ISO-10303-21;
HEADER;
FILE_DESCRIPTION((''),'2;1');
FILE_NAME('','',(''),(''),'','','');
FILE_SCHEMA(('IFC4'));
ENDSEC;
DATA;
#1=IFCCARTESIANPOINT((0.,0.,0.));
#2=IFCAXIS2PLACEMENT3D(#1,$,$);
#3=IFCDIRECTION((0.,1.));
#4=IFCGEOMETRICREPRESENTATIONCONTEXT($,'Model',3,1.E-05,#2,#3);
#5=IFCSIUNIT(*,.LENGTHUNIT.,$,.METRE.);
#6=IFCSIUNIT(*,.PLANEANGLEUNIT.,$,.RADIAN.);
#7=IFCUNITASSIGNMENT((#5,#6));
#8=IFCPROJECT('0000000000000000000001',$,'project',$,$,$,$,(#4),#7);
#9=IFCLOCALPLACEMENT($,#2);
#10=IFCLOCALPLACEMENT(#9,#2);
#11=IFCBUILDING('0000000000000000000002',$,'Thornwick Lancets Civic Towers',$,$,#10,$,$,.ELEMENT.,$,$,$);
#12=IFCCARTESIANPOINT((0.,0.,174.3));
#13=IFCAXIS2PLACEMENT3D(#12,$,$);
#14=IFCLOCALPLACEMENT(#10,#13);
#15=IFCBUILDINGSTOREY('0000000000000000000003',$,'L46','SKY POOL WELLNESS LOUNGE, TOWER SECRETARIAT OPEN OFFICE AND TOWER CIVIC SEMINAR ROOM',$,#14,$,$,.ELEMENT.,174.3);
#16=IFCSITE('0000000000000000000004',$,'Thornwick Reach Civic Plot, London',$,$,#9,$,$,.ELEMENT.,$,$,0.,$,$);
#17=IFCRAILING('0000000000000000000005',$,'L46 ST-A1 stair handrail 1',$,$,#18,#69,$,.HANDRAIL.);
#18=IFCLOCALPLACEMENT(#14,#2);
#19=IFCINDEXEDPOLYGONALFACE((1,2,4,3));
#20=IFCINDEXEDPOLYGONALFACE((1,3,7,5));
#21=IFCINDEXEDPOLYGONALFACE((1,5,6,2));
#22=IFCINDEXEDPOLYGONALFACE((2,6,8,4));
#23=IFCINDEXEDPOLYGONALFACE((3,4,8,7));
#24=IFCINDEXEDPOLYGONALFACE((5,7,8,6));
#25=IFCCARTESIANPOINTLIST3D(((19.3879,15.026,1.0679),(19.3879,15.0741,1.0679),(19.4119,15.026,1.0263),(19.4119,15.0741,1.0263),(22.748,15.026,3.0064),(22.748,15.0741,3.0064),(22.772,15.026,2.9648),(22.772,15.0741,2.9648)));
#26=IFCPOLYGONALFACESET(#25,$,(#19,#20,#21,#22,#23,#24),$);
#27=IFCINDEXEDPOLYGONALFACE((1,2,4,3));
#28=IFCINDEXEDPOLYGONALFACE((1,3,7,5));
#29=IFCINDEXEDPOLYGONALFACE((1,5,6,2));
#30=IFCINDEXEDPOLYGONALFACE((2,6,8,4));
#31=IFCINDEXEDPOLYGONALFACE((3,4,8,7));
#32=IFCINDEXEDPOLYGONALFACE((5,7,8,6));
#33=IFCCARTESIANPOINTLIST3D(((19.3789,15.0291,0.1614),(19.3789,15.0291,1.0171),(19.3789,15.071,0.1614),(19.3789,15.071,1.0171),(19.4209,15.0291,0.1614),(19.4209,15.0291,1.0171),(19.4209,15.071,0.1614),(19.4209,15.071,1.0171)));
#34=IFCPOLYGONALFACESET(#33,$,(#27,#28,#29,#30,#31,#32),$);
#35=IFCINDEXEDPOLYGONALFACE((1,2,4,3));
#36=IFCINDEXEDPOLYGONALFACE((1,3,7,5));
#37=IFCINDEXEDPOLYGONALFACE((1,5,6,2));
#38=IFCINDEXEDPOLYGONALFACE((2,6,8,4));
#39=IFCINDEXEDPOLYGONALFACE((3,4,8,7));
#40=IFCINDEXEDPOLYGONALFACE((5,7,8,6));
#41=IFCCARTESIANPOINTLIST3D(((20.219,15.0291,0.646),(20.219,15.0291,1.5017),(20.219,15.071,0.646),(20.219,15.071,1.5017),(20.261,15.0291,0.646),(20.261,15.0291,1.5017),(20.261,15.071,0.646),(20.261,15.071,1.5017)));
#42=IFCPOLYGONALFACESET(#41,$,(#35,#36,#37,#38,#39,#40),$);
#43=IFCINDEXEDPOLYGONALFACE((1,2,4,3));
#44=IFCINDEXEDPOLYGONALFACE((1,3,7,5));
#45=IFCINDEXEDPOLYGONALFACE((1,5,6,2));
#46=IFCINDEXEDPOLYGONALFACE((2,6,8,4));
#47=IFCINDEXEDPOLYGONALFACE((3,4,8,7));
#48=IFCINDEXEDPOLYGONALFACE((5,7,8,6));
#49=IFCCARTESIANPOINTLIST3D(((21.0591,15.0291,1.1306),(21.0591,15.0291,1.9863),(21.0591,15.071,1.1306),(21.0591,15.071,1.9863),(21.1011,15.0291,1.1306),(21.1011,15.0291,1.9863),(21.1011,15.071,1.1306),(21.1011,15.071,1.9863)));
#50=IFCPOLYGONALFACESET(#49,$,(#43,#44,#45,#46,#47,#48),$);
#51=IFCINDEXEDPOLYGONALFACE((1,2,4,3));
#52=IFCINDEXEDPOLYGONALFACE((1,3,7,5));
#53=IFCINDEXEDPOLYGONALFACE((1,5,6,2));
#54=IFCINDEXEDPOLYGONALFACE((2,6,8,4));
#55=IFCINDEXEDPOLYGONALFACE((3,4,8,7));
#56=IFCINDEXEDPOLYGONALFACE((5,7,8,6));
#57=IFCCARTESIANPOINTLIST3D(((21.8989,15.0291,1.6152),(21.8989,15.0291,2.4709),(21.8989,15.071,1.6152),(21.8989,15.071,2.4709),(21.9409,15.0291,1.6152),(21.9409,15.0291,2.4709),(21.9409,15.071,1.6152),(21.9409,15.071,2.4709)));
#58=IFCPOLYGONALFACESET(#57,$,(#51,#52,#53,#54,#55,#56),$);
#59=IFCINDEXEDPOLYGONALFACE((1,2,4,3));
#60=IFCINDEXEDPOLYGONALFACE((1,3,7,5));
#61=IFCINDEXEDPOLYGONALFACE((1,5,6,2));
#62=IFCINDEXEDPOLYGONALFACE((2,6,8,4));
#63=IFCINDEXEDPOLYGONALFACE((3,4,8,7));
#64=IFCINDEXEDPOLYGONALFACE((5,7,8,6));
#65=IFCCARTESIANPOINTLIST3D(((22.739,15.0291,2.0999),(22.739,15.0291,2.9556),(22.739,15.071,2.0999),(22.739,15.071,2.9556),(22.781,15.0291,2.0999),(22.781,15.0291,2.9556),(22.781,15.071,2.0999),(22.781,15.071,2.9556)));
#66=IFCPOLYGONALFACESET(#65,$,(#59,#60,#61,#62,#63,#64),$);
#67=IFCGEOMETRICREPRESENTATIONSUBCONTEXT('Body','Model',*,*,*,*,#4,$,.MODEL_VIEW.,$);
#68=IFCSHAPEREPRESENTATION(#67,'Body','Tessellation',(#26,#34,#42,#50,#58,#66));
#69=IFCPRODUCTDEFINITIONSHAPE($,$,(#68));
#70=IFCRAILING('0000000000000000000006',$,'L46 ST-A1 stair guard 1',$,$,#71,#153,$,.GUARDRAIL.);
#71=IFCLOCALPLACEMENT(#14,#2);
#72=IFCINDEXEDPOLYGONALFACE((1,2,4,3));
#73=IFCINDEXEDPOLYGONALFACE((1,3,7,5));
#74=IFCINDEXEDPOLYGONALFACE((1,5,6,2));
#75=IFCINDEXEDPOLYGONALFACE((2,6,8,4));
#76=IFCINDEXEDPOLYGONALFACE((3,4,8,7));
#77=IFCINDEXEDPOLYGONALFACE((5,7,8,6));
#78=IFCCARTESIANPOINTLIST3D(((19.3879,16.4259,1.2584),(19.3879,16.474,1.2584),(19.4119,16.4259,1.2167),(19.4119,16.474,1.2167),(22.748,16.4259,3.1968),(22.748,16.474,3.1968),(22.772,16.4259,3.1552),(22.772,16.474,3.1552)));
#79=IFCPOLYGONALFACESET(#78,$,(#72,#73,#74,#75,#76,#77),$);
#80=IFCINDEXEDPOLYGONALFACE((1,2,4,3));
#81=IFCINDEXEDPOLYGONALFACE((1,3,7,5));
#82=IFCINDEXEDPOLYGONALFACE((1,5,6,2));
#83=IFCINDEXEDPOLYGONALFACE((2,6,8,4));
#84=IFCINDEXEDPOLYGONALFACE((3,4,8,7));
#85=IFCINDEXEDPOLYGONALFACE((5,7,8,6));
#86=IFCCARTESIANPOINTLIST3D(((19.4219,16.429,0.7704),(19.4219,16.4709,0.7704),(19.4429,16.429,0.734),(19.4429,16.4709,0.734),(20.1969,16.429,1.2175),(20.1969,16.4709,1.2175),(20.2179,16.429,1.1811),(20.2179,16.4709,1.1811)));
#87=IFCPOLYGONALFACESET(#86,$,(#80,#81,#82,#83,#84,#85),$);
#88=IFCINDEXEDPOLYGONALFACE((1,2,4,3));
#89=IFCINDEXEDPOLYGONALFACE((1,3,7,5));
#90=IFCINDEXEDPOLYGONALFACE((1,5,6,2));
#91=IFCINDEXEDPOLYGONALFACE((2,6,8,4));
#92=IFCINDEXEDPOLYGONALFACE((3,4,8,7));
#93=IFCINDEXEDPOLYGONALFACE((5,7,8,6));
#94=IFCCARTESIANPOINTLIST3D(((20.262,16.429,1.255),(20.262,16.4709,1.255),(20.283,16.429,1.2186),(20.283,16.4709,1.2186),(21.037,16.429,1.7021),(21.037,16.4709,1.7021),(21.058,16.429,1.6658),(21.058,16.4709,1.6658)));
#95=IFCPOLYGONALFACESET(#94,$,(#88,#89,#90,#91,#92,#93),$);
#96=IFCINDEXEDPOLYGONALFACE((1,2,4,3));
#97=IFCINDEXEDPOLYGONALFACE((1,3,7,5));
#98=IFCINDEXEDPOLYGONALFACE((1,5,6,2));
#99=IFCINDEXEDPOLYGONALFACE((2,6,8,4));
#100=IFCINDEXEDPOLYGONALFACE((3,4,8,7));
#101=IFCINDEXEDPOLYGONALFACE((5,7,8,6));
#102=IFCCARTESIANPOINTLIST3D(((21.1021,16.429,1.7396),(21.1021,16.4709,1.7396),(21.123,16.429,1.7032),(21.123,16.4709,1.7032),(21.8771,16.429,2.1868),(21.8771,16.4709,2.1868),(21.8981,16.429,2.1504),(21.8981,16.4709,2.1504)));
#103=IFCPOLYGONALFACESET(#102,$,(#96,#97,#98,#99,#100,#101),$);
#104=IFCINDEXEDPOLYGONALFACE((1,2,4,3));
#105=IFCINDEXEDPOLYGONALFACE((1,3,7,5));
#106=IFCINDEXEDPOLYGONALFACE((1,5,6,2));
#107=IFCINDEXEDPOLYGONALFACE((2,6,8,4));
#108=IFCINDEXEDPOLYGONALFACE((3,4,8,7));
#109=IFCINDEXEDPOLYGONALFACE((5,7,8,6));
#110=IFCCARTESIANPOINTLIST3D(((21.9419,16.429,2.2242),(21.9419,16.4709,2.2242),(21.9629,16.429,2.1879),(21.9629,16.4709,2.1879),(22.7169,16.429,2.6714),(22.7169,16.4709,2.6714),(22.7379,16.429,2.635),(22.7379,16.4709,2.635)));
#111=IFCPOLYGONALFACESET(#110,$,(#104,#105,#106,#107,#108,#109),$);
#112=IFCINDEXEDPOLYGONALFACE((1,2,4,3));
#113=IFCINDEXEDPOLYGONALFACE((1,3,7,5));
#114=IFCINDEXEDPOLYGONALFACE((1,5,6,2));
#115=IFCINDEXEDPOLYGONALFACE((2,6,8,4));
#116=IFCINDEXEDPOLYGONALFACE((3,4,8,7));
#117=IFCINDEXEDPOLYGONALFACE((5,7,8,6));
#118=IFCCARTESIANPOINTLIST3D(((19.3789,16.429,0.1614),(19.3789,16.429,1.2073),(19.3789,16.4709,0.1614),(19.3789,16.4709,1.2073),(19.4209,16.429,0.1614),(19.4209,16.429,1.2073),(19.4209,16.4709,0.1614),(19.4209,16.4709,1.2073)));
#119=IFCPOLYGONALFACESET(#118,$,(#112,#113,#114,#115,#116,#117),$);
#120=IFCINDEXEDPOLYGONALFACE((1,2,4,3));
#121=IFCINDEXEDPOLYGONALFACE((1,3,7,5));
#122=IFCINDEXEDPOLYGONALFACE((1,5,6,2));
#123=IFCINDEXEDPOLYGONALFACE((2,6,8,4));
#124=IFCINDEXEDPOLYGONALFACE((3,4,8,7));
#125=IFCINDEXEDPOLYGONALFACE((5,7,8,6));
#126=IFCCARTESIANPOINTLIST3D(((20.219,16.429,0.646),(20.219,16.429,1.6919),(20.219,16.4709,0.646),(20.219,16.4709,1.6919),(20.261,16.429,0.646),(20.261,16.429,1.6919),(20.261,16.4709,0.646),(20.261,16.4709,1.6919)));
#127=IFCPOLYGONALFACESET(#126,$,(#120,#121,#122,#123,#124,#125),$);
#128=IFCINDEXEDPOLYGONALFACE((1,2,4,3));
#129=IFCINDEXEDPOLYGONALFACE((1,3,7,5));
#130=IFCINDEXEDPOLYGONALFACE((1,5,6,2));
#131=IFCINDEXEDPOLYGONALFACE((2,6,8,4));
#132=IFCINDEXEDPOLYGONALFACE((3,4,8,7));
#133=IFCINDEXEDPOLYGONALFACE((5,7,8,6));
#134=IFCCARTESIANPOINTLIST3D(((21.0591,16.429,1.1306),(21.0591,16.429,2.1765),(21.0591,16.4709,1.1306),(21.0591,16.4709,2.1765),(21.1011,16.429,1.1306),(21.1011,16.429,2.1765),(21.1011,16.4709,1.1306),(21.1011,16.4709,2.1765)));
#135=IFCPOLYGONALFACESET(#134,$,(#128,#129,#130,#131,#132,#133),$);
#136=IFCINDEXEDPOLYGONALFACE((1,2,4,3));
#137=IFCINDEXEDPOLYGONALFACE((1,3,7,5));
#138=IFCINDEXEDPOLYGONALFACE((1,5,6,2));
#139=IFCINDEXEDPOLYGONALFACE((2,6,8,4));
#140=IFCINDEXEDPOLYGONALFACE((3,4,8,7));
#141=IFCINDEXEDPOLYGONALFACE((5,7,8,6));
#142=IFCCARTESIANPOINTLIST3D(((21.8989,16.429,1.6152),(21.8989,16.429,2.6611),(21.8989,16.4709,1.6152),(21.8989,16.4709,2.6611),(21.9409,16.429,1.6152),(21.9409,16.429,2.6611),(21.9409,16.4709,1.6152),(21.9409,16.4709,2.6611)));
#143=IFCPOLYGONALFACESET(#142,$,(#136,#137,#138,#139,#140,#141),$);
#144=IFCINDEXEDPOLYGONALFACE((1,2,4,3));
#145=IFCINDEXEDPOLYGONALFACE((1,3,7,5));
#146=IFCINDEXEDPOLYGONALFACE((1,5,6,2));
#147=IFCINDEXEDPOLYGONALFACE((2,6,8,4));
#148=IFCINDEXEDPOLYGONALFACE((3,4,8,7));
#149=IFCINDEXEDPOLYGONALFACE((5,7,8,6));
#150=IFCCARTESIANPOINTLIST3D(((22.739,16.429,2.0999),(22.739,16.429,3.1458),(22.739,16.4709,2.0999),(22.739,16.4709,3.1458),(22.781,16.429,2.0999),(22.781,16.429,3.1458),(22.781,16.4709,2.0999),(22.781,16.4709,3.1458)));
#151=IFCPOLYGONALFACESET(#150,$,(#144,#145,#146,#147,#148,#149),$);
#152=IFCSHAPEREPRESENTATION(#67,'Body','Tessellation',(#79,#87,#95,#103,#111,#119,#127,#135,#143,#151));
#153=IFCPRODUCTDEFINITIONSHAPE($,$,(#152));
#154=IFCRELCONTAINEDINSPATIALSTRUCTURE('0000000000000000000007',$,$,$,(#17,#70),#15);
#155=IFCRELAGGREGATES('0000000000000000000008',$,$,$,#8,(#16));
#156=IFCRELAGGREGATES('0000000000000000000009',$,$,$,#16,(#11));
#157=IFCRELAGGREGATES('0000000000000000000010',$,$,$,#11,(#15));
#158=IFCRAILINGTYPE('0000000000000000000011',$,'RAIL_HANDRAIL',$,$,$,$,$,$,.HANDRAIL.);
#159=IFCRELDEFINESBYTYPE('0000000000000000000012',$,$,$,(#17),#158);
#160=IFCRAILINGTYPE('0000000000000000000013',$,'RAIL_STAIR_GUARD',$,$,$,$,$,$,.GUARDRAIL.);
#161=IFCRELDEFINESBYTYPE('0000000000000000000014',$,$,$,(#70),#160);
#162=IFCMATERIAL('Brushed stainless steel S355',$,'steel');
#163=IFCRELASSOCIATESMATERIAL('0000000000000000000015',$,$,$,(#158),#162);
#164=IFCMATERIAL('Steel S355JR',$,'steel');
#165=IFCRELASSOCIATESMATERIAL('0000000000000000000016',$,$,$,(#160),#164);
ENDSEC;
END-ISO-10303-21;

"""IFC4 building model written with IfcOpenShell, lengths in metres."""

from ifc_helpers import new_model, si_unit, direction, frame, origin, origin_2d, place, context, subcontext, project, spatial, rectangle, extrude, material, type_object, element, save


model = new_model("IFC4")

# Units and contexts
model_context = context("Model", 3, precision=1e-05, world=origin(), true_north=direction((0.0, 1.0)))
body_context = subcontext(model_context, "Body", "Model", "MODEL_VIEW")
ifc_project = project(units=[si_unit("LENGTHUNIT", "METRE"), si_unit("PLANEANGLEUNIT", "RADIAN")], contexts=[model_context])

# Site, building, storey
site_placement = place(None, origin())
site = spatial("IfcSite", under=ifc_project, at=site_placement, Name="Thornwick Reach Civic Plot, London", CompositionType="ELEMENT", RefElevation=0.0)
building_placement = place(site_placement, origin())
building = spatial("IfcBuilding", under=site, at=building_placement, Name="Thornwick Lancets Civic Towers", CompositionType="ELEMENT")
storey_placement = place(building_placement, frame((0.0, 0.0, 174.3)))
storey = spatial("IfcBuildingStorey", under=building, at=storey_placement, Name="L46", Description="SKY POOL WELLNESS LOUNGE, TOWER SECRETARIAT OPEN OFFICE AND TOWER CIVIC SEMINAR ROOM", CompositionType="ELEMENT", Elevation=174.3)

# Shared definitions
ifc_material_1 = material(Name="Steel S355JR", Category="steel")

# Railings
ifc_material_2 = material(Name="Brushed stainless steel S355", Category="steel")
railing_type_1 = type_object("IfcRailingType", Name="RAIL_HANDRAIL", PredefinedType="HANDRAIL", material=ifc_material_2)
railing_1_placement = place(storey_placement, frame((19.3999, 15.05, 0.1614)))
element("IfcRailing", 1, at=railing_1_placement, inside=storey, type_object=railing_type_1, Name="L46 ST-A1 stair handrail 1", PredefinedType="HANDRAIL", context=body_context, shape_type="SweptSolid", body=[
    extrude(rectangle(XDim=0.0481, YDim=0.0481, at=origin_2d()), frame((0.0, 0.0, 0.8857), z_axis=(0.866191, 0.0, 0.499713), x_axis=(0.0, 1.0, 0.0)), (0.0, 0.0, 1.0), 3.8792),
    extrude(rectangle(XDim=0.042, YDim=0.042, at=origin_2d()), origin(), (0.0, 0.0, 1.0), 0.8557),
    extrude(rectangle(XDim=0.042, YDim=0.042, at=origin_2d()), frame((0.8401, 0.0, 0.4846)), (0.0, 0.0, 1.0), 0.8557),
    extrude(rectangle(XDim=0.042, YDim=0.042, at=origin_2d()), frame((1.6802, 0.0, 0.9692)), (0.0, 0.0, 1.0), 0.8557),
    extrude(rectangle(XDim=0.042, YDim=0.042, at=origin_2d()), frame((2.52, 0.0, 1.4539)), (0.0, 0.0, 1.0), 0.8557),
    extrude(rectangle(XDim=0.042, YDim=0.042, at=origin_2d()), frame((3.3601, 0.0, 1.9385)), (0.0, 0.0, 1.0), 0.8557),
])
railing_type_2 = type_object("IfcRailingType", Name="RAIL_STAIR_GUARD", PredefinedType="GUARDRAIL", material=ifc_material_1)
railing_2_placement = place(storey_placement, frame((19.3999, 16.45, 0.1614)))
element("IfcRailing", 2, at=railing_2_placement, inside=storey, type_object=railing_type_2, Name="L46 ST-A1 stair guard 1", PredefinedType="GUARDRAIL", context=body_context, shape_type="SweptSolid", body=[
    extrude(rectangle(XDim=0.0481, YDim=0.0481, at=origin_2d()), frame((0.0, 0.0, 1.0762), z_axis=(0.866191, 0.0, 0.499713), x_axis=(0.0, 1.0, 0.0)), (0.0, 0.0, 1.0), 3.8792),
    extrude(rectangle(XDim=0.042, YDim=0.042, at=origin_2d()), frame((0.0325, 0.0, 0.5908), z_axis=(0.866191, 0.0, 0.499713), x_axis=(0.0, 1.0, 0.0)), (0.0, 0.0, 1.0), 0.8948),
    extrude(rectangle(XDim=0.042, YDim=0.042, at=origin_2d()), frame((0.8726, 0.0, 1.0754), z_axis=(0.866191, 0.0, 0.499713), x_axis=(0.0, 1.0, 0.0)), (0.0, 0.0, 1.0), 0.8948),
    extrude(rectangle(XDim=0.042, YDim=0.042, at=origin_2d()), frame((1.7126, 0.0, 1.5601), z_axis=(0.866191, 0.0, 0.499713), x_axis=(0.0, 1.0, 0.0)), (0.0, 0.0, 1.0), 0.8948),
    extrude(rectangle(XDim=0.042, YDim=0.042, at=origin_2d()), frame((2.5525, 0.0, 2.0447), z_axis=(0.866191, 0.0, 0.499713), x_axis=(0.0, 1.0, 0.0)), (0.0, 0.0, 1.0), 0.8948),
    extrude(rectangle(XDim=0.042, YDim=0.042, at=origin_2d()), origin(), (0.0, 0.0, 1.0), 1.0459),
    extrude(rectangle(XDim=0.042, YDim=0.042, at=origin_2d()), frame((0.8401, 0.0, 0.4846)), (0.0, 0.0, 1.0), 1.0459),
    extrude(rectangle(XDim=0.042, YDim=0.042, at=origin_2d()), frame((1.6802, 0.0, 0.9692)), (0.0, 0.0, 1.0), 1.0459),
    extrude(rectangle(XDim=0.042, YDim=0.042, at=origin_2d()), frame((2.52, 0.0, 1.4539)), (0.0, 0.0, 1.0), 1.0459),
    extrude(rectangle(XDim=0.042, YDim=0.042, at=origin_2d()), frame((3.3601, 0.0, 1.9385)), (0.0, 0.0, 1.0), 1.0459),
])

save(model, "model.ifc")
